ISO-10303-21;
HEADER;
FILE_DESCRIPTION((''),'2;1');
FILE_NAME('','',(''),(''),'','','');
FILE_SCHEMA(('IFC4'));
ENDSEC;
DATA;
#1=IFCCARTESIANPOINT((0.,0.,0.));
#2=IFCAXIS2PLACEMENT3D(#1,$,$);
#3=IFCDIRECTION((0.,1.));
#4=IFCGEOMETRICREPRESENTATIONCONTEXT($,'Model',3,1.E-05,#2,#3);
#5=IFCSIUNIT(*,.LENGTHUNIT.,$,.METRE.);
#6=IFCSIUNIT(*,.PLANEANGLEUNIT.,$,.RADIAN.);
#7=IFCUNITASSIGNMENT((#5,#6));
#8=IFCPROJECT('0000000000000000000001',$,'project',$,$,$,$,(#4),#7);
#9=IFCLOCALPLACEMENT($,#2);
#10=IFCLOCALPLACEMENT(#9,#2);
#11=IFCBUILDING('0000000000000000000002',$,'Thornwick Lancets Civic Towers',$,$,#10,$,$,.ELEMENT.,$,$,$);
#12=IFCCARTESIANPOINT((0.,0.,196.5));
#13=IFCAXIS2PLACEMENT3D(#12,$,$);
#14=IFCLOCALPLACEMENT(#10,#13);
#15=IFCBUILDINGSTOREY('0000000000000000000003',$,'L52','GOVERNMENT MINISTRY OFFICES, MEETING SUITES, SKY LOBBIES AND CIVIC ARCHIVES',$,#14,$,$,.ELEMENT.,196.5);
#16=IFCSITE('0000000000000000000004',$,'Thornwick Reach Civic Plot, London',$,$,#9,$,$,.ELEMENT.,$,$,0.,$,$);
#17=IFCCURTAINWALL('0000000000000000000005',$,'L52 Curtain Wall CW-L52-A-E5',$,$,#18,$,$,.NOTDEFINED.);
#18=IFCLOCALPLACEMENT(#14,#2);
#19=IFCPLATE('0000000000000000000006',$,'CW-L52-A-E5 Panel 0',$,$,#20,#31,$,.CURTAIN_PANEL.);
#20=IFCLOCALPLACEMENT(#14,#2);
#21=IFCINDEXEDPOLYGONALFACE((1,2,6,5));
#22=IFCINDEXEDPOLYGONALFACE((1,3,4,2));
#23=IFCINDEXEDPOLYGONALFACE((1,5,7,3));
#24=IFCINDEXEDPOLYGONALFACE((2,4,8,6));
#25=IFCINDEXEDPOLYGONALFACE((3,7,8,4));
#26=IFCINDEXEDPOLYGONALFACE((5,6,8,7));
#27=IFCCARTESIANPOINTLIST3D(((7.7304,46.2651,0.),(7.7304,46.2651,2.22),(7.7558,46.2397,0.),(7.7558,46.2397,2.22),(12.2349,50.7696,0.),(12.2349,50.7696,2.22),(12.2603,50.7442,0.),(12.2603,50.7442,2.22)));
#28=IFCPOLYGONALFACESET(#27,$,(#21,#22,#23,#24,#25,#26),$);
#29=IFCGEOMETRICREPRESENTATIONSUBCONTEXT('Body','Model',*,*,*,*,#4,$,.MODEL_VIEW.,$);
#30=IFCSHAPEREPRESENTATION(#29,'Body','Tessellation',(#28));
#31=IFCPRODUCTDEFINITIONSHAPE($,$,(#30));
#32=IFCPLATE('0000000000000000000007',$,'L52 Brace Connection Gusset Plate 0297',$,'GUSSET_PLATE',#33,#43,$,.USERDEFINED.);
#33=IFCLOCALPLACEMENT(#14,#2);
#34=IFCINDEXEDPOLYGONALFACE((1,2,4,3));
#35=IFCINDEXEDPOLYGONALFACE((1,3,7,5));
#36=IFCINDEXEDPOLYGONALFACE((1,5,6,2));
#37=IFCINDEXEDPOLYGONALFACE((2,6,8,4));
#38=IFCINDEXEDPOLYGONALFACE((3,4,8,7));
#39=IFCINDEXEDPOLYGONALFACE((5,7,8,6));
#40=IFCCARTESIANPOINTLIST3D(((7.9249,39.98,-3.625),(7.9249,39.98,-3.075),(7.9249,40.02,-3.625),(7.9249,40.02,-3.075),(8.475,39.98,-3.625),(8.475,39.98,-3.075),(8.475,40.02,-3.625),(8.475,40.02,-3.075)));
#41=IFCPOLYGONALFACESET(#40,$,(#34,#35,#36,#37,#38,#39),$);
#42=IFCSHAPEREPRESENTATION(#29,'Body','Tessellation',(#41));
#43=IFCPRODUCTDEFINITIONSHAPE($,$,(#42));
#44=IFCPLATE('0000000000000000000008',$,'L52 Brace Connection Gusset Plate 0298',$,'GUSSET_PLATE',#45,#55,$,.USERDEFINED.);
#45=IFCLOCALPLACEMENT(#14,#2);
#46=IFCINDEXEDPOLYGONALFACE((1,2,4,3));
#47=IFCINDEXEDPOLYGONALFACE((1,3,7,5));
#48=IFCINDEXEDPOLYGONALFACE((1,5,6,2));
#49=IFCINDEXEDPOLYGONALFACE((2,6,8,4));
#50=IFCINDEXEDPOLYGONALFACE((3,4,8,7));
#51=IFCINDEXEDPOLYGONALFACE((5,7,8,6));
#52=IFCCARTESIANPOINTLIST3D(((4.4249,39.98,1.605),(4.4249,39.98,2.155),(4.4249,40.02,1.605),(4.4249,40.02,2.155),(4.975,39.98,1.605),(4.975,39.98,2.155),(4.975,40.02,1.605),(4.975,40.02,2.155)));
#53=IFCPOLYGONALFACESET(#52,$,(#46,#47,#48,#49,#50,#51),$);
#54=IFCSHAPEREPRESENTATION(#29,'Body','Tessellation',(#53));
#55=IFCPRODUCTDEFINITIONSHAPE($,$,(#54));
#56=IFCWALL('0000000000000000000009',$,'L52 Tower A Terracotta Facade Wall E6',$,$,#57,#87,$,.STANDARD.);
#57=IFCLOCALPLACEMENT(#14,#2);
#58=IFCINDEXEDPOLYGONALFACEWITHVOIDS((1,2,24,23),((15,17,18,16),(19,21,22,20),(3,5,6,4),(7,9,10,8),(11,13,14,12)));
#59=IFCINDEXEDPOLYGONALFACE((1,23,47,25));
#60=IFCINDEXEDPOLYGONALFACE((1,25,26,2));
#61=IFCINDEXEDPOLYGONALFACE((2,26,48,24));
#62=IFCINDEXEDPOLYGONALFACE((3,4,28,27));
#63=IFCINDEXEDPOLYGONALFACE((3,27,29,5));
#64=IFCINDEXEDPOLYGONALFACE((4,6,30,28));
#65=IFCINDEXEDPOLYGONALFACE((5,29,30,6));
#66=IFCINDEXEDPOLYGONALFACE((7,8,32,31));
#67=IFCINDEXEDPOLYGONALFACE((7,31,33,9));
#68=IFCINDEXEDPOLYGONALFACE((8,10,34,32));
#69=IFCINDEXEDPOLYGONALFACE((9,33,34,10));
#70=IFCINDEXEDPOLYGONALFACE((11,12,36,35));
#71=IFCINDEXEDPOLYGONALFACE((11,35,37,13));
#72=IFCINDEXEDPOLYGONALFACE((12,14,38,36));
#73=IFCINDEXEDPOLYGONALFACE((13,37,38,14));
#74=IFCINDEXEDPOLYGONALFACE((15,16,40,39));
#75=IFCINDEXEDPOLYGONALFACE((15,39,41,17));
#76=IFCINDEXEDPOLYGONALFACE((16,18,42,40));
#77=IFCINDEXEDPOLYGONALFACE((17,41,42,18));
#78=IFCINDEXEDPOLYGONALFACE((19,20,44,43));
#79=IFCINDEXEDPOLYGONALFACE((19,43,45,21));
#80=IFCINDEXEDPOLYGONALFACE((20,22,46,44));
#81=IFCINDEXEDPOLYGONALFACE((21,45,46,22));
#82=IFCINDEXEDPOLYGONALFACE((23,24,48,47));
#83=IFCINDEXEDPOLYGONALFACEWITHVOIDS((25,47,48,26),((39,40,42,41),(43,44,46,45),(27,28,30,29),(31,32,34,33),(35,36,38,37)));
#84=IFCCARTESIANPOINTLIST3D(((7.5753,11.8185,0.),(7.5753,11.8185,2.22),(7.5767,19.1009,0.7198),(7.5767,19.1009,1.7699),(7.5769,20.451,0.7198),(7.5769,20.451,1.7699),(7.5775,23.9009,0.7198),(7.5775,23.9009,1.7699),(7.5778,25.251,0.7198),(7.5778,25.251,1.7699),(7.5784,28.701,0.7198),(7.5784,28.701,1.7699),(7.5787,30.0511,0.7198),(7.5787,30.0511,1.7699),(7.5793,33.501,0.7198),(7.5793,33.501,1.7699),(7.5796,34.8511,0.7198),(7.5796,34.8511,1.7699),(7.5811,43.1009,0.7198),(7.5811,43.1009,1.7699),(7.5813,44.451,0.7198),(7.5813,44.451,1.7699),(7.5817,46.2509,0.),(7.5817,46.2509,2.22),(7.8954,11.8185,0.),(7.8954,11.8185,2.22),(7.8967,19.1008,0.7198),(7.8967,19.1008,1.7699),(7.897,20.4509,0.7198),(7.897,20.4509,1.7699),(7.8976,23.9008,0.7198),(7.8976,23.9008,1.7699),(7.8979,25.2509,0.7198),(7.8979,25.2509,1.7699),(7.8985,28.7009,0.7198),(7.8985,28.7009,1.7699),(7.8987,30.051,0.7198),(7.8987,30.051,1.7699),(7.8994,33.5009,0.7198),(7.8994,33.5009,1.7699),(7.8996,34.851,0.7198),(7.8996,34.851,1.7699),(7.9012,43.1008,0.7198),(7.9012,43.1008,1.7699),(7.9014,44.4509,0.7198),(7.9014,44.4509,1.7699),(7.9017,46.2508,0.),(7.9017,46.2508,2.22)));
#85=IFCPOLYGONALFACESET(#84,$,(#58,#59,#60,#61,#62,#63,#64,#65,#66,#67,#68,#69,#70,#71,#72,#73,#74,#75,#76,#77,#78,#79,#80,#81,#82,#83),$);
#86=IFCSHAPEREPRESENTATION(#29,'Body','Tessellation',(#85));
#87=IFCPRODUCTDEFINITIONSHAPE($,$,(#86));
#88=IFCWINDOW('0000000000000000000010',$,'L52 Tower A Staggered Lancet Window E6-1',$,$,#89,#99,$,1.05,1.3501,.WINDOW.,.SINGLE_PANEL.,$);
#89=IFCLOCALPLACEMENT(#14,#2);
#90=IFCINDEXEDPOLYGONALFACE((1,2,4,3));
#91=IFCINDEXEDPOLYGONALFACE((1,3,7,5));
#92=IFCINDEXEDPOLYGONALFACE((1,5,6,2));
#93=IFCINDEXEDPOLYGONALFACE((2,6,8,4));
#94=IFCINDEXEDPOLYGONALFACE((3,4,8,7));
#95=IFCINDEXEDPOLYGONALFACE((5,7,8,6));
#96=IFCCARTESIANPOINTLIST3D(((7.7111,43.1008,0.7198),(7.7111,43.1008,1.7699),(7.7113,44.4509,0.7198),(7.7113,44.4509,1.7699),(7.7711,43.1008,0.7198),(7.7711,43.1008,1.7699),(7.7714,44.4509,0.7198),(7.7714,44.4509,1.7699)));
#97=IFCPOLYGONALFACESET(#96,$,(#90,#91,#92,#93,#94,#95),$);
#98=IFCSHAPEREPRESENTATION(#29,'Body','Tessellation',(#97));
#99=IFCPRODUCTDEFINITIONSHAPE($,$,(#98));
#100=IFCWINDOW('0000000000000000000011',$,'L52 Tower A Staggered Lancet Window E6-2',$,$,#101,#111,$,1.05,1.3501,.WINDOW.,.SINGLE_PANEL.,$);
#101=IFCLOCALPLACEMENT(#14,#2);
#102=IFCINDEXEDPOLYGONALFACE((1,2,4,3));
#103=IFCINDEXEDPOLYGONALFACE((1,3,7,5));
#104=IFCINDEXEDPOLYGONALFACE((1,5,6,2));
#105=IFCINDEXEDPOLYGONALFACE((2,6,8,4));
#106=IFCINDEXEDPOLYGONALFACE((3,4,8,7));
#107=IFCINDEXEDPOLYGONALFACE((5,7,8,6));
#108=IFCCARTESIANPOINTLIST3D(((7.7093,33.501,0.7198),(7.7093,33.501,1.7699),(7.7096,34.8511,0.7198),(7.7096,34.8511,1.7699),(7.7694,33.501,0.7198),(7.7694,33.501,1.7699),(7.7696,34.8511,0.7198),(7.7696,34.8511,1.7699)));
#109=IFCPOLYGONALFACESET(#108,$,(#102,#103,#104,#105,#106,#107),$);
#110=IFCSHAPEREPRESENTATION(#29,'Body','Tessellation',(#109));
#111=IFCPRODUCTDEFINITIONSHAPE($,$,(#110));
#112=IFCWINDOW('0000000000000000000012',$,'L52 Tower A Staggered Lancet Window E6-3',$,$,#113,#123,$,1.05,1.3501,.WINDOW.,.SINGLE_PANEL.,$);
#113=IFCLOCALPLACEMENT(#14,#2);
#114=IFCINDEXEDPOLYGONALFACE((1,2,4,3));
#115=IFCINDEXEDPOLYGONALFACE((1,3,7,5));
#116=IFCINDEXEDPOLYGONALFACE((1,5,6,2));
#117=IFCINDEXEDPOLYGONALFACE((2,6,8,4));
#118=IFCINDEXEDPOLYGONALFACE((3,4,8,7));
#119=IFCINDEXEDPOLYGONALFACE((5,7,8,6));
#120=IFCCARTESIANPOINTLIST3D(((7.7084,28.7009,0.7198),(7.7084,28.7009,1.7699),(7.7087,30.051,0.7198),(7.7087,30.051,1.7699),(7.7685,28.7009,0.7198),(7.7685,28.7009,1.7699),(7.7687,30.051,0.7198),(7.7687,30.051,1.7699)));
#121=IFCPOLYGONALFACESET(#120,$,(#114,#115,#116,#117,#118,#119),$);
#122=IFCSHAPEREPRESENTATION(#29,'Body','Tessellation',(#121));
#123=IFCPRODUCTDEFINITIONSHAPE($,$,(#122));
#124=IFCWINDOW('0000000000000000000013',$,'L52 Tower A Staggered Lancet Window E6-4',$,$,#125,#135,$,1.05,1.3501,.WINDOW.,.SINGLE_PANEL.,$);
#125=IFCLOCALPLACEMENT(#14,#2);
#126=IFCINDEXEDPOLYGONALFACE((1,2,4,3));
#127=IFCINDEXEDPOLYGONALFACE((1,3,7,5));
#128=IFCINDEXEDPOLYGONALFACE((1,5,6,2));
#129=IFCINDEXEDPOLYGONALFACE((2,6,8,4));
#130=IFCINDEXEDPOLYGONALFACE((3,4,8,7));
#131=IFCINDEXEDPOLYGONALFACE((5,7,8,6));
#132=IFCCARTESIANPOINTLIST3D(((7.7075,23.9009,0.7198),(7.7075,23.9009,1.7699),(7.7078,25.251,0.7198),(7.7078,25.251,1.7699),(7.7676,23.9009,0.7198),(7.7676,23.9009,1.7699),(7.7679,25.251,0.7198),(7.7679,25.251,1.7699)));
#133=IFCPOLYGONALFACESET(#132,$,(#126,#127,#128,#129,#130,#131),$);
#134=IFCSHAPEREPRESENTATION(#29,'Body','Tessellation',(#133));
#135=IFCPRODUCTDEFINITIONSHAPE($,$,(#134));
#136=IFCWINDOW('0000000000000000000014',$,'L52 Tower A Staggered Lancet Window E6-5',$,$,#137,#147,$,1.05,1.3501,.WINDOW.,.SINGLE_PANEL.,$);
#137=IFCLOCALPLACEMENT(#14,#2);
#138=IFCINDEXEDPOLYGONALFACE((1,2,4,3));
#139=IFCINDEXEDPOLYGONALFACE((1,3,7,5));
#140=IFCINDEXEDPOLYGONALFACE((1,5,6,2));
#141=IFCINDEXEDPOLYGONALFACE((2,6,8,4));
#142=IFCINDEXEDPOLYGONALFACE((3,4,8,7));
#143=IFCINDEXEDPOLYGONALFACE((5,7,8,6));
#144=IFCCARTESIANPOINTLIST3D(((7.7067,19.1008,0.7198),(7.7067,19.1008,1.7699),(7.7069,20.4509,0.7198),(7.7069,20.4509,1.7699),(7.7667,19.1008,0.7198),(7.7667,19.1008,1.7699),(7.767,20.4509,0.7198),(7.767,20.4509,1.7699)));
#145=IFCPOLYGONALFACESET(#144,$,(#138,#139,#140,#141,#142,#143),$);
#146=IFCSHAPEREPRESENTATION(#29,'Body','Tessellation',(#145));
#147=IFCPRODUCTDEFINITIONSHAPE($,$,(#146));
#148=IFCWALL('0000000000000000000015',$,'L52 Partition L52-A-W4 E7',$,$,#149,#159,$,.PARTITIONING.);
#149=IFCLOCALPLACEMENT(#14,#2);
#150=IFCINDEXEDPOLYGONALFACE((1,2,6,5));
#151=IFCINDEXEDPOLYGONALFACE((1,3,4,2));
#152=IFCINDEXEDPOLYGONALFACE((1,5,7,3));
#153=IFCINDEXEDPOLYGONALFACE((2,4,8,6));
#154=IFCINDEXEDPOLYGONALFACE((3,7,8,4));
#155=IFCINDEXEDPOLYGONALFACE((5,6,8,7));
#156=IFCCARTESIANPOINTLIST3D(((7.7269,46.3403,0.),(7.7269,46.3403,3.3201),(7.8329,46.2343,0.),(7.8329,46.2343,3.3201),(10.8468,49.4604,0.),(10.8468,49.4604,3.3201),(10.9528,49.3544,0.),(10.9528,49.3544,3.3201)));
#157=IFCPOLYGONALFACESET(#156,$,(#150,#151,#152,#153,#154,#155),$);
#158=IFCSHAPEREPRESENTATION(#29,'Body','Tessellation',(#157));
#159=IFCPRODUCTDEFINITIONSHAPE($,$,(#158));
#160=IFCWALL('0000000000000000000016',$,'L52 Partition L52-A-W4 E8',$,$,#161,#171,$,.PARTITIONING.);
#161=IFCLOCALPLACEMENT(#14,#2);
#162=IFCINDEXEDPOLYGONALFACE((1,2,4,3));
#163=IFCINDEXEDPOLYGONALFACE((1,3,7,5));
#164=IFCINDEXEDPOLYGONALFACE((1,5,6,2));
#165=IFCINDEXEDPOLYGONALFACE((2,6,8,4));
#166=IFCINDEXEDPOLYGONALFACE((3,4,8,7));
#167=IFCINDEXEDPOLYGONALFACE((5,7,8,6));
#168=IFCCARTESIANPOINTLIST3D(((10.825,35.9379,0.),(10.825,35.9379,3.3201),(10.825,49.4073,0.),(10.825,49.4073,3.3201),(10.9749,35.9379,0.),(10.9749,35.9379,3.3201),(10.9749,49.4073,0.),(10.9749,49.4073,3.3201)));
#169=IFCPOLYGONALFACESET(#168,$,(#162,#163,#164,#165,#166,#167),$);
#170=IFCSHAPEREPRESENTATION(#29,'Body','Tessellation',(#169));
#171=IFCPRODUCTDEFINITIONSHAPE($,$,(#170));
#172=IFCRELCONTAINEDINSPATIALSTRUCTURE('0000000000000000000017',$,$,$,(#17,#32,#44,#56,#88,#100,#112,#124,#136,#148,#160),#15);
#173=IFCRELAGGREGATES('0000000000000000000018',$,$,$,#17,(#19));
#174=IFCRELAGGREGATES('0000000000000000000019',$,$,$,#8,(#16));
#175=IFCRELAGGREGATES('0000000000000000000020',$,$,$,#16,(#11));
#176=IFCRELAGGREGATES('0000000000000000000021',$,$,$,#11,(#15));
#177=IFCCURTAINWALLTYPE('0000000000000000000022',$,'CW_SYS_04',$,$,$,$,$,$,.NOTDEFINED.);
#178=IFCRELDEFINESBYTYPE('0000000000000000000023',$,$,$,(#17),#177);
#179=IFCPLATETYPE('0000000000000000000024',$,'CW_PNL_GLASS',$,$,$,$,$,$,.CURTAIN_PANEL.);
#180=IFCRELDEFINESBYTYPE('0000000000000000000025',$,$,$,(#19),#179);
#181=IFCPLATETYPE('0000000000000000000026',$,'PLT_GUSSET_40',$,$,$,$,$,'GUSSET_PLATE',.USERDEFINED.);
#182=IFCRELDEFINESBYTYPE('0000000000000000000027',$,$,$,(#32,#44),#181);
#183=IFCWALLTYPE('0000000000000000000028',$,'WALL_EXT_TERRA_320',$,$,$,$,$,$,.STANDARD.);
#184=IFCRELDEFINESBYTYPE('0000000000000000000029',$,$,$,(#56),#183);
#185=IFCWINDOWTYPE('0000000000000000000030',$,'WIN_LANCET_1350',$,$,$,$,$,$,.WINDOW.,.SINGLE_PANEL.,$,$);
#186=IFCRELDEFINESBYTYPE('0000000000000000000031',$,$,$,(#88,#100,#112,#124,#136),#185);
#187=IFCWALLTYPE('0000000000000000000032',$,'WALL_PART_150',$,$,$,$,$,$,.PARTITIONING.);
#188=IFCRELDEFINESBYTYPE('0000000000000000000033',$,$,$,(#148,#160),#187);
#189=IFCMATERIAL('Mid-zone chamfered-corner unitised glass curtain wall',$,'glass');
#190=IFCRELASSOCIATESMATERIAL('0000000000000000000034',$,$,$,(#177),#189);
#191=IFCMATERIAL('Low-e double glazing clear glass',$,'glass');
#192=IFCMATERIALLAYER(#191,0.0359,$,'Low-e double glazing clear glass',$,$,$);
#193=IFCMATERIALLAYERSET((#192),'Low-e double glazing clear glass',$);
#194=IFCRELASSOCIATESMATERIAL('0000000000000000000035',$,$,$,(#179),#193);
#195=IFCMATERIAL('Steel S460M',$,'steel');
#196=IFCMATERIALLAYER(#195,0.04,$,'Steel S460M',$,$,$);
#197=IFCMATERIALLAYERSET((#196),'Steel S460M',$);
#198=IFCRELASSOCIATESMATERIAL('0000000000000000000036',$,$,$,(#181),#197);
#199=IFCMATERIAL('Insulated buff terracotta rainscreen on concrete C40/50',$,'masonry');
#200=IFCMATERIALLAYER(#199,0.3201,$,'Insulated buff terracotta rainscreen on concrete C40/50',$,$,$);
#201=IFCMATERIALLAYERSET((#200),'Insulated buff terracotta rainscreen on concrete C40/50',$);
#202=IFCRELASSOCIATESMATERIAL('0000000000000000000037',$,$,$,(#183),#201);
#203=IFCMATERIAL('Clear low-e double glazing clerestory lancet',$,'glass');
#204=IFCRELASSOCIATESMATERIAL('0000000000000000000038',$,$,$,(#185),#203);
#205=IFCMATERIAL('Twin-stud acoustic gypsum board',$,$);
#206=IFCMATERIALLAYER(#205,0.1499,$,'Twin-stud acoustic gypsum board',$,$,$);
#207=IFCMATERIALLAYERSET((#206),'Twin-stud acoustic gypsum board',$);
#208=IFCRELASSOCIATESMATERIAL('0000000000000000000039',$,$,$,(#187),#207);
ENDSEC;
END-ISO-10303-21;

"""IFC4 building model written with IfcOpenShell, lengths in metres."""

from ifc_helpers import new_model, si_unit, direction, frame, frame_2d, origin, origin_2d, place, context, subcontext, project, spatial, rectangle, extrude, material, layer, layer_set, type_object, element, fill, aggregate, save


model = new_model("IFC4")

# Units and contexts
model_context = context("Model", 3, precision=1e-05, world=origin(), true_north=direction((0.0, 1.0)))
body_context = subcontext(model_context, "Body", "Model", "MODEL_VIEW")
ifc_project = project(units=[si_unit("LENGTHUNIT", "METRE"), si_unit("PLANEANGLEUNIT", "RADIAN")], contexts=[model_context])

# Site, building, storey
site_placement = place(None, origin())
site = spatial("IfcSite", under=ifc_project, at=site_placement, Name="Thornwick Reach Civic Plot, London", CompositionType="ELEMENT", RefElevation=0.0)
building_placement = place(site_placement, origin())
building = spatial("IfcBuilding", under=site, at=building_placement, Name="Thornwick Lancets Civic Towers", CompositionType="ELEMENT")
storey_placement = place(building_placement, frame((0.0, 0.0, 196.5)))
storey = spatial("IfcBuildingStorey", under=building, at=storey_placement, Name="L52", Description="GOVERNMENT MINISTRY OFFICES, MEETING SUITES, SKY LOBBIES AND CIVIC ARCHIVES", CompositionType="ELEMENT", Elevation=196.5)

# Curtain wall
ifc_material_1 = material(Name="Mid-zone chamfered-corner unitised glass curtain wall", Category="glass")
curtain_wall_type = type_object("IfcCurtainWallType", Name="CW_SYS_04", PredefinedType="NOTDEFINED", material=ifc_material_1)
curtain_wall_placement = place(storey_placement, origin())
curtain_wall = element("IfcCurtainWall", 1, at=curtain_wall_placement, inside=storey, type_object=curtain_wall_type, Name="L52 Curtain Wall CW-L52-A-E5", PredefinedType="NOTDEFINED")

# Shared definitions
ifc_material_2 = material(Name="Steel S460M", Category="steel")

# Plate
ifc_material_3 = material(Name="Low-e double glazing clear glass", Category="glass")
ifc_layer_1 = layer(ifc_material_3, 0.0359, Name="Low-e double glazing clear glass")
ifc_layer_set_1 = layer_set([ifc_layer_1], Name="Low-e double glazing clear glass")
plate_type_1 = type_object("IfcPlateType", Name="CW_PNL_GLASS", PredefinedType="CURTAIN_PANEL", material=ifc_layer_set_1)
plate_placement = place(storey_placement, frame((9.9954, 48.5046, 0.0), z_axis=(0.0, 0.0, 1.0), x_axis=(-0.707107, -0.707107, 0.0)))
plate = element("IfcPlate", 2, at=plate_placement, type_object=plate_type_1, Name="CW-L52-A-E5 Panel 0", PredefinedType="CURTAIN_PANEL", context=body_context, shape_type="SweptSolid", body=[
    extrude(rectangle(XDim=6.3704, YDim=0.0359, at=origin_2d()), origin(), (0.0, 0.0, 1.0), 2.22),
])
aggregate(curtain_wall, [plate])

# Plates
ifc_layer_2 = layer(ifc_material_2, 0.04, Name="Steel S460M")
ifc_layer_set_2 = layer_set([ifc_layer_2], Name="Steel S460M")
plate_type_2 = type_object("IfcPlateType", Name="PLT_GUSSET_40", ElementType="GUSSET_PLATE", PredefinedType="USERDEFINED", material=ifc_layer_set_2)
for number, where, z_axis, x_axis, name in (
    (3, (8.2, 40.0, -3.625), (0.0, 0.0, 1.0), (-1.0, 0.0, 0.0), "L52 Brace Connection Gusset Plate 0297"),
    (4, (4.7, 40.0, 1.605), (0.0, 0.0, 1.0), (-1.0, 0.0, 0.0), "L52 Brace Connection Gusset Plate 0298"),
):
    element("IfcPlate", number, at=place(storey_placement, frame(where, z_axis=z_axis, x_axis=x_axis)), inside=storey, type_object=plate_type_2, Name=name, ObjectType="GUSSET_PLATE", PredefinedType="USERDEFINED", context=body_context, shape_type="SweptSolid", body=[
        extrude(rectangle(XDim=0.55, YDim=0.04, at=origin_2d()), origin(), (0.0, 0.0, 1.0), 0.55),
    ])

# Wall, openings, windows
ifc_material_4 = material(Name="Insulated buff terracotta rainscreen on concrete C40/50", Category="masonry")
ifc_layer_3 = layer(ifc_material_4, 0.3201, Name="Insulated buff terracotta rainscreen on concrete C40/50")
ifc_layer_set_3 = layer_set([ifc_layer_3], Name="Insulated buff terracotta rainscreen on concrete C40/50")
wall_type_1 = type_object("IfcWallType", Name="WALL_EXT_TERRA_320", PredefinedType="STANDARD", material=ifc_layer_set_3)
wall_1_placement = place(storey_placement, frame((7.7417, 46.251, 0.0), z_axis=(0.0, 0.0, 1.0), x_axis=(-0.000184, -1.0, 0.0)))
wall_1 = element("IfcWall", 5, at=wall_1_placement, inside=storey, type_object=wall_type_1, Name="L52 Tower A Terracotta Facade Wall E6", PredefinedType="STANDARD", context=body_context, shape_type="SweptSolid", body=[
    extrude(rectangle(XDim=34.4324, YDim=0.3201, at=frame_2d((17.2163, 0.0))), origin(), (0.0, 0.0, 1.0), 2.22),
])
opening_1_placement = place(wall_1_placement, frame((1.8, 0.0, 0.72)))
opening_1 = element("IfcOpeningElement", 6, at=opening_1_placement, cuts=wall_1, PredefinedType="OPENING", context=body_context, shape_type="SweptSolid", body=[
    extrude(rectangle(XDim=1.3501, YDim=1.05, at=frame_2d((0.675, 0.5249))), frame((0.0, 0.1699, 0.0), z_axis=(0.0, -1.0, 0.0), x_axis=(1.0, 0.0, 0.0)), (0.0, 0.0, 1.0), 0.3401),
])
opening_2_placement = place(wall_1_placement, frame((11.3999, 0.0, 0.72)))
opening_2 = element("IfcOpeningElement", 7, at=opening_2_placement, cuts=wall_1, PredefinedType="OPENING", context=body_context, shape_type="SweptSolid", body=[
    extrude(rectangle(XDim=1.3501, YDim=1.05, at=frame_2d((0.675, 0.5249))), frame((0.0, 0.1699, 0.0), z_axis=(0.0, -1.0, 0.0), x_axis=(1.0, 0.0, 0.0)), (0.0, 0.0, 1.0), 0.3401),
])
opening_3_placement = place(wall_1_placement, frame((16.2, 0.0, 0.72)))
opening_3 = element("IfcOpeningElement", 8, at=opening_3_placement, cuts=wall_1, PredefinedType="OPENING", context=body_context, shape_type="SweptSolid", body=[
    extrude(rectangle(XDim=1.3501, YDim=1.05, at=frame_2d((0.675, 0.5249))), frame((0.0, 0.1699, 0.0), z_axis=(0.0, -1.0, 0.0), x_axis=(1.0, 0.0, 0.0)), (0.0, 0.0, 1.0), 0.3401),
])
opening_4_placement = place(wall_1_placement, frame((21.0, 0.0, 0.72)))
opening_4 = element("IfcOpeningElement", 9, at=opening_4_placement, cuts=wall_1, PredefinedType="OPENING", context=body_context, shape_type="SweptSolid", body=[
    extrude(rectangle(XDim=1.3501, YDim=1.05, at=frame_2d((0.675, 0.5249))), frame((0.0, 0.1699, 0.0), z_axis=(0.0, -1.0, 0.0), x_axis=(1.0, 0.0, 0.0)), (0.0, 0.0, 1.0), 0.3401),
])
opening_5_placement = place(wall_1_placement, frame((25.8, 0.0, 0.72)))
opening_5 = element("IfcOpeningElement", 10, at=opening_5_placement, cuts=wall_1, PredefinedType="OPENING", context=body_context, shape_type="SweptSolid", body=[
    extrude(rectangle(XDim=1.3501, YDim=1.05, at=frame_2d((0.675, 0.5249))), frame((0.0, 0.1699, 0.0), z_axis=(0.0, -1.0, 0.0), x_axis=(1.0, 0.0, 0.0)), (0.0, 0.0, 1.0), 0.3401),
])
ifc_material_5 = material(Name="Clear low-e double glazing clerestory lancet", Category="glass")
window_type = type_object("IfcWindowType", Name="WIN_LANCET_1350", PartitioningType="SINGLE_PANEL", PredefinedType="WINDOW", material=ifc_material_5)
window_1_placement = place(opening_1_placement, origin())
window_1 = element("IfcWindow", 11, at=window_1_placement, inside=storey, type_object=window_type, Name="L52 Tower A Staggered Lancet Window E6-1", OverallHeight=1.05, OverallWidth=1.3501, PartitioningType="SINGLE_PANEL", PredefinedType="WINDOW", context=body_context, shape_type="SweptSolid", body=[
    extrude(rectangle(XDim=1.3501, YDim=1.05, at=frame_2d((0.675, 0.5249))), frame((0.0, 0.03, 0.0), z_axis=(0.0, -1.0, 0.0), x_axis=(1.0, 0.0, 0.0)), (0.0, 0.0, 1.0), 0.0601),
])
fill(opening_1, window_1)
window_2_placement = place(opening_2_placement, origin())
window_2 = element("IfcWindow", 12, at=window_2_placement, inside=storey, type_object=window_type, Name="L52 Tower A Staggered Lancet Window E6-2", OverallHeight=1.05, OverallWidth=1.3501, PartitioningType="SINGLE_PANEL", PredefinedType="WINDOW", context=body_context, shape_type="SweptSolid", body=[
    extrude(rectangle(XDim=1.3501, YDim=1.05, at=frame_2d((0.675, 0.5249))), frame((0.0, 0.03, 0.0), z_axis=(0.0, -1.0, 0.0), x_axis=(1.0, 0.0, 0.0)), (0.0, 0.0, 1.0), 0.0601),
])
fill(opening_2, window_2)
window_3_placement = place(opening_3_placement, origin())
window_3 = element("IfcWindow", 13, at=window_3_placement, inside=storey, type_object=window_type, Name="L52 Tower A Staggered Lancet Window E6-3", OverallHeight=1.05, OverallWidth=1.3501, PartitioningType="SINGLE_PANEL", PredefinedType="WINDOW", context=body_context, shape_type="SweptSolid", body=[
    extrude(rectangle(XDim=1.3501, YDim=1.05, at=frame_2d((0.675, 0.5249))), frame((0.0, 0.03, 0.0), z_axis=(0.0, -1.0, 0.0), x_axis=(1.0, 0.0, 0.0)), (0.0, 0.0, 1.0), 0.0601),
])
fill(opening_3, window_3)
window_4_placement = place(opening_4_placement, origin())
window_4 = element("IfcWindow", 14, at=window_4_placement, inside=storey, type_object=window_type, Name="L52 Tower A Staggered Lancet Window E6-4", OverallHeight=1.05, OverallWidth=1.3501, PartitioningType="SINGLE_PANEL", PredefinedType="WINDOW", context=body_context, shape_type="SweptSolid", body=[
    extrude(rectangle(XDim=1.3501, YDim=1.05, at=frame_2d((0.675, 0.5249))), frame((0.0, 0.03, 0.0), z_axis=(0.0, -1.0, 0.0), x_axis=(1.0, 0.0, 0.0)), (0.0, 0.0, 1.0), 0.0601),
])
fill(opening_4, window_4)
window_5_placement = place(opening_5_placement, origin())
window_5 = element("IfcWindow", 15, at=window_5_placement, inside=storey, type_object=window_type, Name="L52 Tower A Staggered Lancet Window E6-5", OverallHeight=1.05, OverallWidth=1.3501, PartitioningType="SINGLE_PANEL", PredefinedType="WINDOW", context=body_context, shape_type="SweptSolid", body=[
    extrude(rectangle(XDim=1.3501, YDim=1.05, at=frame_2d((0.675, 0.5249))), frame((0.0, 0.03, 0.0), z_axis=(0.0, -1.0, 0.0), x_axis=(1.0, 0.0, 0.0)), (0.0, 0.0, 1.0), 0.0601),
])
fill(opening_5, window_5)

# Walls
ifc_material_6 = material(Name="Twin-stud acoustic gypsum board")
ifc_layer_4 = layer(ifc_material_6, 0.1499, Name="Twin-stud acoustic gypsum board")
ifc_layer_set_4 = layer_set([ifc_layer_4], Name="Twin-stud acoustic gypsum board")
wall_type_2 = type_object("IfcWallType", Name="WALL_PART_150", PredefinedType="PARTITIONING", material=ifc_layer_set_4)
wall_2_placement = place(storey_placement, frame((7.78, 46.2874, 0.0), z_axis=(0.0, 0.0, 1.0), x_axis=(0.707079, 0.707134, 0.0)))
element("IfcWall", 16, at=wall_2_placement, inside=storey, type_object=wall_type_2, Name="L52 Partition L52-A-W4 E7", PredefinedType="PARTITIONING", context=body_context, shape_type="SweptSolid", body=[
    extrude(rectangle(XDim=4.4124, YDim=0.1499, at=frame_2d((2.2061, 0.0))), origin(), (0.0, 0.0, 1.0), 3.3201),
])
wall_3_placement = place(storey_placement, frame((10.8999, 49.4075, 0.0), z_axis=(0.0, 0.0, 1.0), x_axis=(0.0, -1.0, 0.0)))
element("IfcWall", 17, at=wall_3_placement, inside=storey, type_object=wall_type_2, Name="L52 Partition L52-A-W4 E8", PredefinedType="PARTITIONING", context=body_context, shape_type="SweptSolid", body=[
    extrude(rectangle(XDim=13.4695, YDim=0.1499, at=frame_2d((6.7349, 0.0))), origin(), (0.0, 0.0, 1.0), 3.3201),
])

save(model, "model.ifc")
